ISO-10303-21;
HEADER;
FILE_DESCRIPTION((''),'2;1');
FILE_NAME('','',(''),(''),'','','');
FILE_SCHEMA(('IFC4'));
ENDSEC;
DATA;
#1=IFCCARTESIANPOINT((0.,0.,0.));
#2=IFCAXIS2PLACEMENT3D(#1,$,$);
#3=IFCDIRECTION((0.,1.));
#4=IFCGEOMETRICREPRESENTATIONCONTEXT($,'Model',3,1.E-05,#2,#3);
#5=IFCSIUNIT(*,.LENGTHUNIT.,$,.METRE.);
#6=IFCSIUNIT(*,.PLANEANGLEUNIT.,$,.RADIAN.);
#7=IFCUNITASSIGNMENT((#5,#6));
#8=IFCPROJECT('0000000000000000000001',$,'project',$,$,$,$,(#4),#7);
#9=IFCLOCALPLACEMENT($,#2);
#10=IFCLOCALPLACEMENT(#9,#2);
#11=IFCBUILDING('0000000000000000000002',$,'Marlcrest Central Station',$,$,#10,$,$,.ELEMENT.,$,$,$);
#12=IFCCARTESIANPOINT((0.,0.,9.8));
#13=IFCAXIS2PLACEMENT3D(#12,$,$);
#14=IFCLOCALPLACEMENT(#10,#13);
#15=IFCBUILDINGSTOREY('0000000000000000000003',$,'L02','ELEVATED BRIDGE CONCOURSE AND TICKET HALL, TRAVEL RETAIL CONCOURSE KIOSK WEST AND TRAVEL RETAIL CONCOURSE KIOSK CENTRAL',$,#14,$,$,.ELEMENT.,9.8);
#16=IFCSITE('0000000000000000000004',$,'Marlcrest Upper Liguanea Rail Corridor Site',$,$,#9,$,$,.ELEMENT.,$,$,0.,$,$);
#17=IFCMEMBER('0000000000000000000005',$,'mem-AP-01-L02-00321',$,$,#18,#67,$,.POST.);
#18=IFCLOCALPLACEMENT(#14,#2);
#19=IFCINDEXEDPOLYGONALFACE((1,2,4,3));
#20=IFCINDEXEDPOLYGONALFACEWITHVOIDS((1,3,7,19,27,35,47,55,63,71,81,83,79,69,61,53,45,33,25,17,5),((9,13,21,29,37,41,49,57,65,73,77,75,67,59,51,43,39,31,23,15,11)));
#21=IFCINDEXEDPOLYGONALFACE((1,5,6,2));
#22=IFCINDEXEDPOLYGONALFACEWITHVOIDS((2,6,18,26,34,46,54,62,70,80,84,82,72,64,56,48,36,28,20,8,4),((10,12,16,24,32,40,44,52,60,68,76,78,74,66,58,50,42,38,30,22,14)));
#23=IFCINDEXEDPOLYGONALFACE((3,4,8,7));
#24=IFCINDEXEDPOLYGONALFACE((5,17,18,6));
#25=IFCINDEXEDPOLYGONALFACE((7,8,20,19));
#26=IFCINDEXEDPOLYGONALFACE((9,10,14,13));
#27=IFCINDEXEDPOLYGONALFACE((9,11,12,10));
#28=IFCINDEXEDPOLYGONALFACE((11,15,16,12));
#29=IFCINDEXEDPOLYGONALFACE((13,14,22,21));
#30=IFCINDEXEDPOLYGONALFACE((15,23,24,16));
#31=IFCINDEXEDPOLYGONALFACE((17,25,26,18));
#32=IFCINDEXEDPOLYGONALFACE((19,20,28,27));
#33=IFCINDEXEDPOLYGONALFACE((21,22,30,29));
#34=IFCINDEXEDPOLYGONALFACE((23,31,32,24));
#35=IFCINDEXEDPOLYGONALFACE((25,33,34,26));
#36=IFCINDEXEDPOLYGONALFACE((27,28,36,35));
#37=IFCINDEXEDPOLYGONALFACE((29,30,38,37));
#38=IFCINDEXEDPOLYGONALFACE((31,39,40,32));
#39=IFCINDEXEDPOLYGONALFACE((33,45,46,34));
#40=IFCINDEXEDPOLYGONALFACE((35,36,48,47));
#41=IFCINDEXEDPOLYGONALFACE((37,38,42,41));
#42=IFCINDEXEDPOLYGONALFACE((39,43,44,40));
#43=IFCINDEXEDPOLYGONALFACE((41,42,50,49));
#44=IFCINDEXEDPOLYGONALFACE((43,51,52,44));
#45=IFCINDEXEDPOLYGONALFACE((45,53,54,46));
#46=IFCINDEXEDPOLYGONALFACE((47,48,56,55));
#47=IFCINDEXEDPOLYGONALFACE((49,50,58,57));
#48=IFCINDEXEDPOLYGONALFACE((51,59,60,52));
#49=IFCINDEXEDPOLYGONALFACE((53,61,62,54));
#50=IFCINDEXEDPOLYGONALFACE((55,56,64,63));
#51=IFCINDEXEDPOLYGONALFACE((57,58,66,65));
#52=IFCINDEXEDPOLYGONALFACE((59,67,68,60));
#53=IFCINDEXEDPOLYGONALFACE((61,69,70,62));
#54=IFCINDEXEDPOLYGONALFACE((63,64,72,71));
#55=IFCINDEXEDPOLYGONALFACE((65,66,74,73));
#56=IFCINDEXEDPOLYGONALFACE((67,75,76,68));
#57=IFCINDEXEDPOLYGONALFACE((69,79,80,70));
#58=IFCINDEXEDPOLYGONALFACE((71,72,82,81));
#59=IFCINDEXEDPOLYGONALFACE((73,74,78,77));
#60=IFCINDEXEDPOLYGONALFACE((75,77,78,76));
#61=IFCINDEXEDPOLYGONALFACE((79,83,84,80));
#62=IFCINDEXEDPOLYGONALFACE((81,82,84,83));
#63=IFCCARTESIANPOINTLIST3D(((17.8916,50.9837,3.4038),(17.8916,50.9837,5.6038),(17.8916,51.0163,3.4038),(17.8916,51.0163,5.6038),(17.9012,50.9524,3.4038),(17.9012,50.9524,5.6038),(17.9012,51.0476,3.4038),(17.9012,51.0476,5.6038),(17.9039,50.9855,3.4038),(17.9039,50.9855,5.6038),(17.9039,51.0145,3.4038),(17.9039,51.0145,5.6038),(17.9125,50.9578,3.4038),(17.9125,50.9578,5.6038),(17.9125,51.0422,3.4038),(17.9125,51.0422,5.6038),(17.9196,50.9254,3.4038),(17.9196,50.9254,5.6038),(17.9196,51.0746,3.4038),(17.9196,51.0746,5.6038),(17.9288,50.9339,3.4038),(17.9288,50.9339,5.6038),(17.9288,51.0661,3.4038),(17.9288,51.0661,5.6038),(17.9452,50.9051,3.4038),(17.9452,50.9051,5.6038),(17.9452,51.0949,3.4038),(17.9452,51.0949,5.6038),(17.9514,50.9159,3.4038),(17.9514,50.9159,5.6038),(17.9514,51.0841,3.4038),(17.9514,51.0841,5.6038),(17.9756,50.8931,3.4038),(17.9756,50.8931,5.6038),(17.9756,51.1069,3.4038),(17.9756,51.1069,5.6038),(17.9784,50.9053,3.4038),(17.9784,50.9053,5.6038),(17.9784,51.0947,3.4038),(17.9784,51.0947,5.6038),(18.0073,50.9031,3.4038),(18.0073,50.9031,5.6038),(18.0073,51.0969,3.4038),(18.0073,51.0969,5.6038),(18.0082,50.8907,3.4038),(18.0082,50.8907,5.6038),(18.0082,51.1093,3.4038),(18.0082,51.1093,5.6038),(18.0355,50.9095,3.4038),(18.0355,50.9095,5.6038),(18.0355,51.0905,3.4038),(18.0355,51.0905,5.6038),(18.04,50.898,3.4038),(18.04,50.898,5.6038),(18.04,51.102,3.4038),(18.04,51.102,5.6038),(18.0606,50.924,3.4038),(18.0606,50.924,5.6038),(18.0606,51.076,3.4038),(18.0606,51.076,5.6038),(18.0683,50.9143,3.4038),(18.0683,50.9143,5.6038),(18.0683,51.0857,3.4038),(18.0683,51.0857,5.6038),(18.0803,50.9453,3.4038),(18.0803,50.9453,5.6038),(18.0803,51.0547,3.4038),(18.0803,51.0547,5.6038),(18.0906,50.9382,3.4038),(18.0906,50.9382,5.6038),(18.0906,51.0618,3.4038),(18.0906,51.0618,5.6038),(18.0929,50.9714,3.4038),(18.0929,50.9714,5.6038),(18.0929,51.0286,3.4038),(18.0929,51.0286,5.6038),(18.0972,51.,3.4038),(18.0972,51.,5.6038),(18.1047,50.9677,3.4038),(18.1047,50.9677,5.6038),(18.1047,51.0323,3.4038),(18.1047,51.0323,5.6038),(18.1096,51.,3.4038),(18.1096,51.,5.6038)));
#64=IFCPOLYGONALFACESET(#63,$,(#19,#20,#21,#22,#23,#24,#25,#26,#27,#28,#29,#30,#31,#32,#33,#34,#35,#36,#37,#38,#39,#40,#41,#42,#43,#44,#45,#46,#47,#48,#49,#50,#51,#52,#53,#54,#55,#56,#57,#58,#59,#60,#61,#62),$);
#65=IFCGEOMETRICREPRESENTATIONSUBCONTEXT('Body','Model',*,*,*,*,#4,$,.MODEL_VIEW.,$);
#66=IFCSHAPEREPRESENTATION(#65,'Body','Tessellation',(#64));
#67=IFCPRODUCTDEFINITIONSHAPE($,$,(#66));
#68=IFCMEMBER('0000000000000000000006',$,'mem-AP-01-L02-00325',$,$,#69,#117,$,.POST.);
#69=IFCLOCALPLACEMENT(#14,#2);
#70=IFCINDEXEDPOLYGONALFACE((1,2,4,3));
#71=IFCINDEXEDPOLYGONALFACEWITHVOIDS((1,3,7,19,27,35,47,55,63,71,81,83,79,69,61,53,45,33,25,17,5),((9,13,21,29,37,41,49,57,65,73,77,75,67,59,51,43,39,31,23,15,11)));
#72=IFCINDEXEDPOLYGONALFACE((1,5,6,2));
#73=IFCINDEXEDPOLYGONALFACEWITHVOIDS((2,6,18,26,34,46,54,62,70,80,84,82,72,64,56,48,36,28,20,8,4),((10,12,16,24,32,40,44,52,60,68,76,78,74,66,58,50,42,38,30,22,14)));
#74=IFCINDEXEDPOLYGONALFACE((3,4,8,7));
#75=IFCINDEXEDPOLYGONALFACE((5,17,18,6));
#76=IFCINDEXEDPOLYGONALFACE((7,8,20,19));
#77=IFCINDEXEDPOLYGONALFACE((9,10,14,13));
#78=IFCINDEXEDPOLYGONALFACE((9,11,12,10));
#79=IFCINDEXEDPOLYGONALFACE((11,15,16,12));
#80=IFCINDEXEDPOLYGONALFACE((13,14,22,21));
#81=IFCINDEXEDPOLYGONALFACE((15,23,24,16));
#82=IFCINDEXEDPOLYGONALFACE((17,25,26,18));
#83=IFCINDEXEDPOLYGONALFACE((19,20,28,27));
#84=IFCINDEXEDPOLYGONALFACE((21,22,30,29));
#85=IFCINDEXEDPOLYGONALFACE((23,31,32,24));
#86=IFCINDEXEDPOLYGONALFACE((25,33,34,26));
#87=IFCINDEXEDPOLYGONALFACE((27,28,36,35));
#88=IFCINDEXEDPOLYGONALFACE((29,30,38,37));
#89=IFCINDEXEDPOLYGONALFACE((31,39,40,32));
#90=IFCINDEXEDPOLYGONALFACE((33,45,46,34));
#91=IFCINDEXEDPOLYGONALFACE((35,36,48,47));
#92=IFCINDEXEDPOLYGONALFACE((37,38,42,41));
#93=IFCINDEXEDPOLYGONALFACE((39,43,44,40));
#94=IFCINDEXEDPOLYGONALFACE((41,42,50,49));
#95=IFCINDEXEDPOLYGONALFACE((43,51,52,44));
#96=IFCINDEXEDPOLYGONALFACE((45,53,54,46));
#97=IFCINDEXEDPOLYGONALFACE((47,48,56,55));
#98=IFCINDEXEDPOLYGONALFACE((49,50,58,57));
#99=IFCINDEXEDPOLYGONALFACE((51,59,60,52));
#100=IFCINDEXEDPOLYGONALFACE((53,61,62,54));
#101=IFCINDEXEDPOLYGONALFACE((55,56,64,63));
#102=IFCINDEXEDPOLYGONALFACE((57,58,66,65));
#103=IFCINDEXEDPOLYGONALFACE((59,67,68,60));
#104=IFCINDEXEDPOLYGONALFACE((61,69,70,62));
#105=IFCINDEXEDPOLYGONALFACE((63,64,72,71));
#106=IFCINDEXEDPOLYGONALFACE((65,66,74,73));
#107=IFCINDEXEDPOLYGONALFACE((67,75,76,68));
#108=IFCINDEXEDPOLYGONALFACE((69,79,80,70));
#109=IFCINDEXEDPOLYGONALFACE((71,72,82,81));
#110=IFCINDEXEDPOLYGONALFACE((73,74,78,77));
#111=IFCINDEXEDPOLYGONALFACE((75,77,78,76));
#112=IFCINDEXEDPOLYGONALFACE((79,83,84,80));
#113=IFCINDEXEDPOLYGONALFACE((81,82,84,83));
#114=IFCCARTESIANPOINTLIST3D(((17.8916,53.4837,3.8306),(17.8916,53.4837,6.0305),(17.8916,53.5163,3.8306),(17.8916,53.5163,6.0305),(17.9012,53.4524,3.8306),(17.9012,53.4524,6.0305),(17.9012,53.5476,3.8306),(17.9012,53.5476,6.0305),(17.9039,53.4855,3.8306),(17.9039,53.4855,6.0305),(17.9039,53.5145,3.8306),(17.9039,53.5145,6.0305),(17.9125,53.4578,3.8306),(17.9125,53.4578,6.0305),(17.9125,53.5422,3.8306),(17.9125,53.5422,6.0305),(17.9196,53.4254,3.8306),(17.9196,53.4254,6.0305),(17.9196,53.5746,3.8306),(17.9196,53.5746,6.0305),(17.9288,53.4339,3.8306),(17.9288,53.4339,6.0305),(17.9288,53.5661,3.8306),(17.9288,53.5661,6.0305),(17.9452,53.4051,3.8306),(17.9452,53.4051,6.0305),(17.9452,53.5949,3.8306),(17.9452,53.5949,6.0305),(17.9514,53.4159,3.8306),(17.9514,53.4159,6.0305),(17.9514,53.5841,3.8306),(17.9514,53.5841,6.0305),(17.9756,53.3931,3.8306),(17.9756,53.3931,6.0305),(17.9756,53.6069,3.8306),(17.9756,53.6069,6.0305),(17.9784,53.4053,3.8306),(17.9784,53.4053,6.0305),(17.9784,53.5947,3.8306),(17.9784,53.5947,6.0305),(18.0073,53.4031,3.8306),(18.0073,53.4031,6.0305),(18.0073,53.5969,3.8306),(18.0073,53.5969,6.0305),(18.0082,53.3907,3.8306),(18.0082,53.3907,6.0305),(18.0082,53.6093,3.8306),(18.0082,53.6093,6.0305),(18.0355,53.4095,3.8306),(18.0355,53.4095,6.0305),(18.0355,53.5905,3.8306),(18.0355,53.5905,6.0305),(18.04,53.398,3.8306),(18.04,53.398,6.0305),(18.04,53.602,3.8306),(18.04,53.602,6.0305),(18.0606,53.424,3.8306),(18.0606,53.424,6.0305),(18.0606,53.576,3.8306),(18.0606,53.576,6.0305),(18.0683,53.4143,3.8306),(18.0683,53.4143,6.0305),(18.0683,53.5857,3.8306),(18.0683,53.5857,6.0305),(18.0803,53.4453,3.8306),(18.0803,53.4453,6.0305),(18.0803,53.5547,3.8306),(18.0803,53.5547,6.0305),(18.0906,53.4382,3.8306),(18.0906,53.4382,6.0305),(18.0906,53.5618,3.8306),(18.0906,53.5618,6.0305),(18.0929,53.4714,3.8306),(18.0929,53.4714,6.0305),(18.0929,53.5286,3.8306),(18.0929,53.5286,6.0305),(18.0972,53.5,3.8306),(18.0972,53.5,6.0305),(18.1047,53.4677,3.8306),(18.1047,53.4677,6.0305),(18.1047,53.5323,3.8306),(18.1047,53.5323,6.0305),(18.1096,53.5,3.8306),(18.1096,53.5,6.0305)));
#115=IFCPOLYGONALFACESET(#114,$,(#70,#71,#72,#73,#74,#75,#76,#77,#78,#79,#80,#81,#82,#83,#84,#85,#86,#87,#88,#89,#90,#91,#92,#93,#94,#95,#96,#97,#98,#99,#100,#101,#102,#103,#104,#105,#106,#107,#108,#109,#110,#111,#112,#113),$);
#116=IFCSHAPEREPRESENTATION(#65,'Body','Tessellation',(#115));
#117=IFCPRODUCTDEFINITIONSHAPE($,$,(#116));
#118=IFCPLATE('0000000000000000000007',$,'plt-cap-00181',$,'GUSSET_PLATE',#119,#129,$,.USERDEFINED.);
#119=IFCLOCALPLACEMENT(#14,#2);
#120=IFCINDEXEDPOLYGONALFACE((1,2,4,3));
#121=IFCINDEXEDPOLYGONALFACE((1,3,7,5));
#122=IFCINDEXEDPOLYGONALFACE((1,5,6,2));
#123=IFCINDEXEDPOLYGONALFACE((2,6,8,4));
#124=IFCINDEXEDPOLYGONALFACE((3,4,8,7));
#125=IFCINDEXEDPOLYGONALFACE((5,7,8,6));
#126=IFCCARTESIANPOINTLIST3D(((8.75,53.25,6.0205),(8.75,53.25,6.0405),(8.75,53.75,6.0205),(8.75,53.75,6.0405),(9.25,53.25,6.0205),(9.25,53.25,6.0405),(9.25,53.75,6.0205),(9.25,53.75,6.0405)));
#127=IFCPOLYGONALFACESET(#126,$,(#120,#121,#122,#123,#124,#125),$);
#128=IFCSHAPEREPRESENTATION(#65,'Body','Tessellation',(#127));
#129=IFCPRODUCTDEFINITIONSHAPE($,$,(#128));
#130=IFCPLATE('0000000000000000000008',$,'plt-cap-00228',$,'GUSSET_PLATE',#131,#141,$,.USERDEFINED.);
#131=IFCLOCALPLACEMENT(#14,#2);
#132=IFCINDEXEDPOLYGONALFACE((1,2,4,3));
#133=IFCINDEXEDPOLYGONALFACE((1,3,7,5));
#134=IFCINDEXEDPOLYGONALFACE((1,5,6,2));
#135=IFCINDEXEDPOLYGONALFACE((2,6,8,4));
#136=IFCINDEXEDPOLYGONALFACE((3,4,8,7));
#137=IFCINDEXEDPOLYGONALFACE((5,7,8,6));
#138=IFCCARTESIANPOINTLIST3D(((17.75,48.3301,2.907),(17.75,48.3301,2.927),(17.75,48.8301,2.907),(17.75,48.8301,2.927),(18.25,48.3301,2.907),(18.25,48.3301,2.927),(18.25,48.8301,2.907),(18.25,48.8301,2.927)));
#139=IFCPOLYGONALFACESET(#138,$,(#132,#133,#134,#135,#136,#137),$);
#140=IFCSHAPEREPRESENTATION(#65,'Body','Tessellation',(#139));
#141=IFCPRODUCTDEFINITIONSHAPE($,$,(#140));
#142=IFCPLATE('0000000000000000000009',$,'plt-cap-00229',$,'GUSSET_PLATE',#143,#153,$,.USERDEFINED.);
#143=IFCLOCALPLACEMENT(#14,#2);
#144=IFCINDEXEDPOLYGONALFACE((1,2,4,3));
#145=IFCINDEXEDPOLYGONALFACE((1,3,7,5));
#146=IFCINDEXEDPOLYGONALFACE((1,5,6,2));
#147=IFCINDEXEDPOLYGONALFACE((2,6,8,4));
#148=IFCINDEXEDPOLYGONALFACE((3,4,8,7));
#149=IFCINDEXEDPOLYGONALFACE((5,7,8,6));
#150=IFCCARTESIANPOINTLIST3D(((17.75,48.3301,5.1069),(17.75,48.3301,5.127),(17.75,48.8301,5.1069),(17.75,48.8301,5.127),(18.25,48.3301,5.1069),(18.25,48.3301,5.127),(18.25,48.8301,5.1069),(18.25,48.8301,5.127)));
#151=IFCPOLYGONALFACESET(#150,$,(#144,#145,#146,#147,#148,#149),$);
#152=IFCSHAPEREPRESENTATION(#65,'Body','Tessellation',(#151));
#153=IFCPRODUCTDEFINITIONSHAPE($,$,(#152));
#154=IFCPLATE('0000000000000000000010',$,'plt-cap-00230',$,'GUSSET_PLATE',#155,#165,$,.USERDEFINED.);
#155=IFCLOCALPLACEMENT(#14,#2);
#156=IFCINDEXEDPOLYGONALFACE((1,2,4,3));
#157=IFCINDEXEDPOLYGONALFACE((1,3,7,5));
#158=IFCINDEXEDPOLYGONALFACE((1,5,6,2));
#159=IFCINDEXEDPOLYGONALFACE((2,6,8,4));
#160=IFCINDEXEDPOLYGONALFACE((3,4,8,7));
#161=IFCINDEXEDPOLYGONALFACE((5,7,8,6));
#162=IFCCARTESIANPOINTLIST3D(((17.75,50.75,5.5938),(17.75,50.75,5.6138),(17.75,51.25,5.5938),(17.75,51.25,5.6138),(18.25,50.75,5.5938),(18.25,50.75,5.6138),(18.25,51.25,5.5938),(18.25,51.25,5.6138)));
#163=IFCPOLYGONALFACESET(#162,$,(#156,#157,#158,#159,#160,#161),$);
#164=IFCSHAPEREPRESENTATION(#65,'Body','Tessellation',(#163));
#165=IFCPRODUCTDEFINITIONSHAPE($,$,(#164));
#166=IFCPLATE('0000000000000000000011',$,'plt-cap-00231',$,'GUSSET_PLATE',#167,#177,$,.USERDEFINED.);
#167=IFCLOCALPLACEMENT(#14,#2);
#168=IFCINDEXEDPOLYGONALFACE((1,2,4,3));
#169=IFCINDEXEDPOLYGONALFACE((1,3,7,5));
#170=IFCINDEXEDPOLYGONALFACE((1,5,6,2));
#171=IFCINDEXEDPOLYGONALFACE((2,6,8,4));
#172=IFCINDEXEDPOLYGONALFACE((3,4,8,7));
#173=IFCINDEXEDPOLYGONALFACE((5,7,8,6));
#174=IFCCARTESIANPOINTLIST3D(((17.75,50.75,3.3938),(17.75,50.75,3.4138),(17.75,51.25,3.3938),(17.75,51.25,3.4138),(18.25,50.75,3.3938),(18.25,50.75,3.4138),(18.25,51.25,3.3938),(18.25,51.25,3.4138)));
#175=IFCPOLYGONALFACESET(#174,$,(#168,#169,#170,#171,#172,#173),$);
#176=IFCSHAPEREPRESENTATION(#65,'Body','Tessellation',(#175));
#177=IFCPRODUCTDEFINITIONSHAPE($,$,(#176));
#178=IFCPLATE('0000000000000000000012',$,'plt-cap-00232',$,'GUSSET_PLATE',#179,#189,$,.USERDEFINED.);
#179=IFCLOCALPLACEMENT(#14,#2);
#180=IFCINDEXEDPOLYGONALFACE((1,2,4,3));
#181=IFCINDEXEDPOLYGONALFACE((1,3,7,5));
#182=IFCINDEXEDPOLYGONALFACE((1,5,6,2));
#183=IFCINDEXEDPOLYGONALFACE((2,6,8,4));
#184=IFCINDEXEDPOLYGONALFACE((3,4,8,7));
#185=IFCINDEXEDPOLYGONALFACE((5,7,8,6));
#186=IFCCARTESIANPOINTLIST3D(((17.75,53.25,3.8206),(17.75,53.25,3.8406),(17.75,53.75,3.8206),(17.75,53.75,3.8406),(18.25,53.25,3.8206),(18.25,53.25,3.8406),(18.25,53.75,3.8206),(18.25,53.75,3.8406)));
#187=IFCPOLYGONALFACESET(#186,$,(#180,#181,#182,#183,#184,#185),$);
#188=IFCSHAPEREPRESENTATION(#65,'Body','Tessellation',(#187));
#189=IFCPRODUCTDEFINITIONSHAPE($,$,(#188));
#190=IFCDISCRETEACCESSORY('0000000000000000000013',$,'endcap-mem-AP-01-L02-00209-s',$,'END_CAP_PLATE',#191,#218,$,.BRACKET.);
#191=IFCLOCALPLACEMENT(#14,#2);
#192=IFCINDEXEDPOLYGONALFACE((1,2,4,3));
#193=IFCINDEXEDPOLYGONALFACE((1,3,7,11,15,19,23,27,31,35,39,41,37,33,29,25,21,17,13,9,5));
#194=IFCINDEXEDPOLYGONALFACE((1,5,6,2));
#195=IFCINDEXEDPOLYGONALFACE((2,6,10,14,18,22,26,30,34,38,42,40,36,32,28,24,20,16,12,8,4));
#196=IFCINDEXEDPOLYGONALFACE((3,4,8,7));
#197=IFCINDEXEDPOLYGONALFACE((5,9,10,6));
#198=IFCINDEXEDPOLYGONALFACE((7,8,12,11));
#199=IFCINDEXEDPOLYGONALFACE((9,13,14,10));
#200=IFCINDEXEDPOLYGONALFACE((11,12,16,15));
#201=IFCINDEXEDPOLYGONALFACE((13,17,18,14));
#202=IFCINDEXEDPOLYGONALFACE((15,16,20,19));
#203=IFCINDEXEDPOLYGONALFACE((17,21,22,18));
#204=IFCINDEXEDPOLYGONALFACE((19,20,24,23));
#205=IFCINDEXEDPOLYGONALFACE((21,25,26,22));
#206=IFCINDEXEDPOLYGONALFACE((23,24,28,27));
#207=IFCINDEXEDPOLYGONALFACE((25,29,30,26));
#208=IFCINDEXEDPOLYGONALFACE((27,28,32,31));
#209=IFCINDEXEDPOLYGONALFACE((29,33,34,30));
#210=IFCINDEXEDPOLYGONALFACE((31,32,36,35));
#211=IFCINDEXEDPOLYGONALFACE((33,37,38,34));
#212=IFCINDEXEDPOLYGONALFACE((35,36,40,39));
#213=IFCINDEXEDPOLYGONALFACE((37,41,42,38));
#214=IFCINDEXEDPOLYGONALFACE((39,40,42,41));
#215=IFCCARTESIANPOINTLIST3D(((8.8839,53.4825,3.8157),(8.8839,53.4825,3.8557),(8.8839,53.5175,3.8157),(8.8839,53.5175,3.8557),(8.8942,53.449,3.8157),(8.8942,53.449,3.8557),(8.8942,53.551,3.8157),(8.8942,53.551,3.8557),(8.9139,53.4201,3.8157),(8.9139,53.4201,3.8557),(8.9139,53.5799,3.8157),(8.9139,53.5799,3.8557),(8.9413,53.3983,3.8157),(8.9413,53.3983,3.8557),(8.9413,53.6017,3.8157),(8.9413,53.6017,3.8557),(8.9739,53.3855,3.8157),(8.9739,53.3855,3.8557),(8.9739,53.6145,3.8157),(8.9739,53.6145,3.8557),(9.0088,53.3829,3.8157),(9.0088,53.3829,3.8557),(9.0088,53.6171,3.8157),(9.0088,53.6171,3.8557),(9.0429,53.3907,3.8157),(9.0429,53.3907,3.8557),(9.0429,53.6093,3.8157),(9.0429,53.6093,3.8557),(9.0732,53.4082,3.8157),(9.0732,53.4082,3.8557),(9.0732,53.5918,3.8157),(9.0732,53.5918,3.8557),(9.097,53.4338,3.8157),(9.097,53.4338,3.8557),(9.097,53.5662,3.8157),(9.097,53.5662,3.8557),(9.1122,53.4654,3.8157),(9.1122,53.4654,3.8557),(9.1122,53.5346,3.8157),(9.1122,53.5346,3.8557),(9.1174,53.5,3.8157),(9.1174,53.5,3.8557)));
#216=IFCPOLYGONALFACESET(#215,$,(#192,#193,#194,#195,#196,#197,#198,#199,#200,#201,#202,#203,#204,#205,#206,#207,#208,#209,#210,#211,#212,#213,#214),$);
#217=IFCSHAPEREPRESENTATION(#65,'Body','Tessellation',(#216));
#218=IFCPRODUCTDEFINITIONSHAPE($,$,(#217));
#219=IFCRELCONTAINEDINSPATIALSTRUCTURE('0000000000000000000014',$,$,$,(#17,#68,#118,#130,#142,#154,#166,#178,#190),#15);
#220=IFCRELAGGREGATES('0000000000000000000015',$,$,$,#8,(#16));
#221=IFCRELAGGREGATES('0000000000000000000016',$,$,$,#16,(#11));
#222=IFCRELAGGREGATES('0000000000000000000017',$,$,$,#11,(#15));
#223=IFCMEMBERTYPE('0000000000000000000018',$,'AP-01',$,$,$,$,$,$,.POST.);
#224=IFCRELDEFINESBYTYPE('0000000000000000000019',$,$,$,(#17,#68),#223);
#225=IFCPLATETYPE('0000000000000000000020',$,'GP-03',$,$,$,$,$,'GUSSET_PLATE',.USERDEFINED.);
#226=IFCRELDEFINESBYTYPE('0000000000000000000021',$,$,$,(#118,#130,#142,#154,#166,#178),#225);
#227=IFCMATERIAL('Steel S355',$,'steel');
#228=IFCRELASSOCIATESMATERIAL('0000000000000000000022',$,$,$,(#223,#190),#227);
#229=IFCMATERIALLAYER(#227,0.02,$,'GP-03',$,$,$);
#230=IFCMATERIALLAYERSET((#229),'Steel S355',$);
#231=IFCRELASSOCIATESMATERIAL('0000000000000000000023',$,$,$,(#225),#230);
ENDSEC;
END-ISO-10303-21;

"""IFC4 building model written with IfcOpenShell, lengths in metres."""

from ifc_helpers import new_model, si_unit, direction, frame, origin, origin_2d, place, context, subcontext, project, spatial, rectangle, circle, hollow_circle, extrude, material, layer, layer_set, material_profile, profile_set, type_object, element, save


model = new_model("IFC4")

# Units and contexts
model_context = context("Model", 3, precision=1e-05, world=origin(), true_north=direction((0.0, 1.0)))
body_context = subcontext(model_context, "Body", "Model", "MODEL_VIEW")
ifc_project = project(units=[si_unit("LENGTHUNIT", "METRE"), si_unit("PLANEANGLEUNIT", "RADIAN")], contexts=[model_context])

# Site, building, storey
site_placement = place(None, origin())
site = spatial("IfcSite", under=ifc_project, at=site_placement, Name="Marlcrest Upper Liguanea Rail Corridor Site", CompositionType="ELEMENT", RefElevation=0.0)
building_placement = place(site_placement, origin())
building = spatial("IfcBuilding", under=site, at=building_placement, Name="Marlcrest Central Station", CompositionType="ELEMENT")
storey_placement = place(building_placement, frame((0.0, 0.0, 9.8)))
storey = spatial("IfcBuildingStorey", under=building, at=storey_placement, Name="L02", Description="ELEVATED BRIDGE CONCOURSE AND TICKET HALL, TRAVEL RETAIL CONCOURSE KIOSK WEST AND TRAVEL RETAIL CONCOURSE KIOSK CENTRAL", CompositionType="ELEMENT", Elevation=9.8)

# Members
ifc_material = material(Name="Steel S355", Category="steel")
ifc_material_profile_1 = material_profile(ifc_material, hollow_circle(Radius=0.1096, WallThickness=0.0125, at=origin_2d()), Name="CHS 219.1x12.5")
ifc_profile_set_1 = profile_set([ifc_material_profile_1], Name="Steel S355")
member_type_1 = type_object("IfcMemberType", Name="AP-01", PredefinedType="POST", material=ifc_profile_set_1)
for number, where, z_axis, x_axis, name in (
    (1, (18.0, 51.0, 3.4038), (0.0, 0.0, 1.0), (1.0, 0.0, 0.0), "mem-AP-01-L02-00321"),
    (2, (18.0, 53.5, 3.8306), (0.0, 0.0, 1.0), (1.0, 0.0, 0.0), "mem-AP-01-L02-00325"),
):
    element("IfcMember", number, at=place(storey_placement, frame(where, z_axis=z_axis, x_axis=x_axis)), inside=storey, type_object=member_type_1, Name=name, PredefinedType="POST", context=body_context, shape_type="SweptSolid", body=[
        extrude(hollow_circle(Radius=0.1096, WallThickness=0.0125, at=origin_2d()), origin(), (0.0, 0.0, 1.0), 2.2),
    ])

# Plates
ifc_layer = layer(ifc_material, 0.02, Name="GP-03")
ifc_layer_set = layer_set([ifc_layer], Name="Steel S355")
plate_type = type_object("IfcPlateType", Name="GP-03", ElementType="GUSSET_PLATE", PredefinedType="USERDEFINED", material=ifc_layer_set)
for number, where, z_axis, x_axis, name in (
    (3, (9.0, 53.5, 6.0205), (0.0, 0.0, 1.0), (1.0, 0.0, 0.0), "plt-cap-00181"),
    (4, (18.0, 48.5801, 2.907), (0.0, 0.0, 1.0), (1.0, 0.0, 0.0), "plt-cap-00228"),
    (5, (18.0, 48.5801, 5.1069), (0.0, 0.0, 1.0), (1.0, 0.0, 0.0), "plt-cap-00229"),
    (6, (18.0, 51.0, 5.5938), (0.0, 0.0, 1.0), (1.0, 0.0, 0.0), "plt-cap-00230"),
    (7, (18.0, 51.0, 3.3938), (0.0, 0.0, 1.0), (1.0, 0.0, 0.0), "plt-cap-00231"),
    (8, (18.0, 53.5, 3.8206), (0.0, 0.0, 1.0), (1.0, 0.0, 0.0), "plt-cap-00232"),
):
    element("IfcPlate", number, at=place(storey_placement, frame(where, z_axis=z_axis, x_axis=x_axis)), inside=storey, type_object=plate_type, Name=name, ObjectType="GUSSET_PLATE", PredefinedType="USERDEFINED", context=body_context, shape_type="SweptSolid", body=[
        extrude(rectangle(XDim=0.5, YDim=0.5, at=origin_2d()), origin(), (0.0, 0.0, 1.0), 0.02),
    ])

# Discrete accessory
for number, where, z_axis, x_axis, name in (
    (9, (9.0, 53.5, 3.8157), (0.0, 0.0, 1.0), (1.0, 0.0, 0.0), "endcap-mem-AP-01-L02-00209-s"),
):
    element("IfcDiscreteAccessory", number, at=place(storey_placement, frame(where, z_axis=z_axis, x_axis=x_axis)), inside=storey, material=ifc_material, Name=name, ObjectType="END_CAP_PLATE", PredefinedType="BRACKET", context=body_context, shape_type="SweptSolid", body=[
        extrude(circle(Radius=0.1174, at=origin_2d()), origin(), (0.0, 0.0, 1.0), 0.04),
    ])

save(model, "model.ifc")
